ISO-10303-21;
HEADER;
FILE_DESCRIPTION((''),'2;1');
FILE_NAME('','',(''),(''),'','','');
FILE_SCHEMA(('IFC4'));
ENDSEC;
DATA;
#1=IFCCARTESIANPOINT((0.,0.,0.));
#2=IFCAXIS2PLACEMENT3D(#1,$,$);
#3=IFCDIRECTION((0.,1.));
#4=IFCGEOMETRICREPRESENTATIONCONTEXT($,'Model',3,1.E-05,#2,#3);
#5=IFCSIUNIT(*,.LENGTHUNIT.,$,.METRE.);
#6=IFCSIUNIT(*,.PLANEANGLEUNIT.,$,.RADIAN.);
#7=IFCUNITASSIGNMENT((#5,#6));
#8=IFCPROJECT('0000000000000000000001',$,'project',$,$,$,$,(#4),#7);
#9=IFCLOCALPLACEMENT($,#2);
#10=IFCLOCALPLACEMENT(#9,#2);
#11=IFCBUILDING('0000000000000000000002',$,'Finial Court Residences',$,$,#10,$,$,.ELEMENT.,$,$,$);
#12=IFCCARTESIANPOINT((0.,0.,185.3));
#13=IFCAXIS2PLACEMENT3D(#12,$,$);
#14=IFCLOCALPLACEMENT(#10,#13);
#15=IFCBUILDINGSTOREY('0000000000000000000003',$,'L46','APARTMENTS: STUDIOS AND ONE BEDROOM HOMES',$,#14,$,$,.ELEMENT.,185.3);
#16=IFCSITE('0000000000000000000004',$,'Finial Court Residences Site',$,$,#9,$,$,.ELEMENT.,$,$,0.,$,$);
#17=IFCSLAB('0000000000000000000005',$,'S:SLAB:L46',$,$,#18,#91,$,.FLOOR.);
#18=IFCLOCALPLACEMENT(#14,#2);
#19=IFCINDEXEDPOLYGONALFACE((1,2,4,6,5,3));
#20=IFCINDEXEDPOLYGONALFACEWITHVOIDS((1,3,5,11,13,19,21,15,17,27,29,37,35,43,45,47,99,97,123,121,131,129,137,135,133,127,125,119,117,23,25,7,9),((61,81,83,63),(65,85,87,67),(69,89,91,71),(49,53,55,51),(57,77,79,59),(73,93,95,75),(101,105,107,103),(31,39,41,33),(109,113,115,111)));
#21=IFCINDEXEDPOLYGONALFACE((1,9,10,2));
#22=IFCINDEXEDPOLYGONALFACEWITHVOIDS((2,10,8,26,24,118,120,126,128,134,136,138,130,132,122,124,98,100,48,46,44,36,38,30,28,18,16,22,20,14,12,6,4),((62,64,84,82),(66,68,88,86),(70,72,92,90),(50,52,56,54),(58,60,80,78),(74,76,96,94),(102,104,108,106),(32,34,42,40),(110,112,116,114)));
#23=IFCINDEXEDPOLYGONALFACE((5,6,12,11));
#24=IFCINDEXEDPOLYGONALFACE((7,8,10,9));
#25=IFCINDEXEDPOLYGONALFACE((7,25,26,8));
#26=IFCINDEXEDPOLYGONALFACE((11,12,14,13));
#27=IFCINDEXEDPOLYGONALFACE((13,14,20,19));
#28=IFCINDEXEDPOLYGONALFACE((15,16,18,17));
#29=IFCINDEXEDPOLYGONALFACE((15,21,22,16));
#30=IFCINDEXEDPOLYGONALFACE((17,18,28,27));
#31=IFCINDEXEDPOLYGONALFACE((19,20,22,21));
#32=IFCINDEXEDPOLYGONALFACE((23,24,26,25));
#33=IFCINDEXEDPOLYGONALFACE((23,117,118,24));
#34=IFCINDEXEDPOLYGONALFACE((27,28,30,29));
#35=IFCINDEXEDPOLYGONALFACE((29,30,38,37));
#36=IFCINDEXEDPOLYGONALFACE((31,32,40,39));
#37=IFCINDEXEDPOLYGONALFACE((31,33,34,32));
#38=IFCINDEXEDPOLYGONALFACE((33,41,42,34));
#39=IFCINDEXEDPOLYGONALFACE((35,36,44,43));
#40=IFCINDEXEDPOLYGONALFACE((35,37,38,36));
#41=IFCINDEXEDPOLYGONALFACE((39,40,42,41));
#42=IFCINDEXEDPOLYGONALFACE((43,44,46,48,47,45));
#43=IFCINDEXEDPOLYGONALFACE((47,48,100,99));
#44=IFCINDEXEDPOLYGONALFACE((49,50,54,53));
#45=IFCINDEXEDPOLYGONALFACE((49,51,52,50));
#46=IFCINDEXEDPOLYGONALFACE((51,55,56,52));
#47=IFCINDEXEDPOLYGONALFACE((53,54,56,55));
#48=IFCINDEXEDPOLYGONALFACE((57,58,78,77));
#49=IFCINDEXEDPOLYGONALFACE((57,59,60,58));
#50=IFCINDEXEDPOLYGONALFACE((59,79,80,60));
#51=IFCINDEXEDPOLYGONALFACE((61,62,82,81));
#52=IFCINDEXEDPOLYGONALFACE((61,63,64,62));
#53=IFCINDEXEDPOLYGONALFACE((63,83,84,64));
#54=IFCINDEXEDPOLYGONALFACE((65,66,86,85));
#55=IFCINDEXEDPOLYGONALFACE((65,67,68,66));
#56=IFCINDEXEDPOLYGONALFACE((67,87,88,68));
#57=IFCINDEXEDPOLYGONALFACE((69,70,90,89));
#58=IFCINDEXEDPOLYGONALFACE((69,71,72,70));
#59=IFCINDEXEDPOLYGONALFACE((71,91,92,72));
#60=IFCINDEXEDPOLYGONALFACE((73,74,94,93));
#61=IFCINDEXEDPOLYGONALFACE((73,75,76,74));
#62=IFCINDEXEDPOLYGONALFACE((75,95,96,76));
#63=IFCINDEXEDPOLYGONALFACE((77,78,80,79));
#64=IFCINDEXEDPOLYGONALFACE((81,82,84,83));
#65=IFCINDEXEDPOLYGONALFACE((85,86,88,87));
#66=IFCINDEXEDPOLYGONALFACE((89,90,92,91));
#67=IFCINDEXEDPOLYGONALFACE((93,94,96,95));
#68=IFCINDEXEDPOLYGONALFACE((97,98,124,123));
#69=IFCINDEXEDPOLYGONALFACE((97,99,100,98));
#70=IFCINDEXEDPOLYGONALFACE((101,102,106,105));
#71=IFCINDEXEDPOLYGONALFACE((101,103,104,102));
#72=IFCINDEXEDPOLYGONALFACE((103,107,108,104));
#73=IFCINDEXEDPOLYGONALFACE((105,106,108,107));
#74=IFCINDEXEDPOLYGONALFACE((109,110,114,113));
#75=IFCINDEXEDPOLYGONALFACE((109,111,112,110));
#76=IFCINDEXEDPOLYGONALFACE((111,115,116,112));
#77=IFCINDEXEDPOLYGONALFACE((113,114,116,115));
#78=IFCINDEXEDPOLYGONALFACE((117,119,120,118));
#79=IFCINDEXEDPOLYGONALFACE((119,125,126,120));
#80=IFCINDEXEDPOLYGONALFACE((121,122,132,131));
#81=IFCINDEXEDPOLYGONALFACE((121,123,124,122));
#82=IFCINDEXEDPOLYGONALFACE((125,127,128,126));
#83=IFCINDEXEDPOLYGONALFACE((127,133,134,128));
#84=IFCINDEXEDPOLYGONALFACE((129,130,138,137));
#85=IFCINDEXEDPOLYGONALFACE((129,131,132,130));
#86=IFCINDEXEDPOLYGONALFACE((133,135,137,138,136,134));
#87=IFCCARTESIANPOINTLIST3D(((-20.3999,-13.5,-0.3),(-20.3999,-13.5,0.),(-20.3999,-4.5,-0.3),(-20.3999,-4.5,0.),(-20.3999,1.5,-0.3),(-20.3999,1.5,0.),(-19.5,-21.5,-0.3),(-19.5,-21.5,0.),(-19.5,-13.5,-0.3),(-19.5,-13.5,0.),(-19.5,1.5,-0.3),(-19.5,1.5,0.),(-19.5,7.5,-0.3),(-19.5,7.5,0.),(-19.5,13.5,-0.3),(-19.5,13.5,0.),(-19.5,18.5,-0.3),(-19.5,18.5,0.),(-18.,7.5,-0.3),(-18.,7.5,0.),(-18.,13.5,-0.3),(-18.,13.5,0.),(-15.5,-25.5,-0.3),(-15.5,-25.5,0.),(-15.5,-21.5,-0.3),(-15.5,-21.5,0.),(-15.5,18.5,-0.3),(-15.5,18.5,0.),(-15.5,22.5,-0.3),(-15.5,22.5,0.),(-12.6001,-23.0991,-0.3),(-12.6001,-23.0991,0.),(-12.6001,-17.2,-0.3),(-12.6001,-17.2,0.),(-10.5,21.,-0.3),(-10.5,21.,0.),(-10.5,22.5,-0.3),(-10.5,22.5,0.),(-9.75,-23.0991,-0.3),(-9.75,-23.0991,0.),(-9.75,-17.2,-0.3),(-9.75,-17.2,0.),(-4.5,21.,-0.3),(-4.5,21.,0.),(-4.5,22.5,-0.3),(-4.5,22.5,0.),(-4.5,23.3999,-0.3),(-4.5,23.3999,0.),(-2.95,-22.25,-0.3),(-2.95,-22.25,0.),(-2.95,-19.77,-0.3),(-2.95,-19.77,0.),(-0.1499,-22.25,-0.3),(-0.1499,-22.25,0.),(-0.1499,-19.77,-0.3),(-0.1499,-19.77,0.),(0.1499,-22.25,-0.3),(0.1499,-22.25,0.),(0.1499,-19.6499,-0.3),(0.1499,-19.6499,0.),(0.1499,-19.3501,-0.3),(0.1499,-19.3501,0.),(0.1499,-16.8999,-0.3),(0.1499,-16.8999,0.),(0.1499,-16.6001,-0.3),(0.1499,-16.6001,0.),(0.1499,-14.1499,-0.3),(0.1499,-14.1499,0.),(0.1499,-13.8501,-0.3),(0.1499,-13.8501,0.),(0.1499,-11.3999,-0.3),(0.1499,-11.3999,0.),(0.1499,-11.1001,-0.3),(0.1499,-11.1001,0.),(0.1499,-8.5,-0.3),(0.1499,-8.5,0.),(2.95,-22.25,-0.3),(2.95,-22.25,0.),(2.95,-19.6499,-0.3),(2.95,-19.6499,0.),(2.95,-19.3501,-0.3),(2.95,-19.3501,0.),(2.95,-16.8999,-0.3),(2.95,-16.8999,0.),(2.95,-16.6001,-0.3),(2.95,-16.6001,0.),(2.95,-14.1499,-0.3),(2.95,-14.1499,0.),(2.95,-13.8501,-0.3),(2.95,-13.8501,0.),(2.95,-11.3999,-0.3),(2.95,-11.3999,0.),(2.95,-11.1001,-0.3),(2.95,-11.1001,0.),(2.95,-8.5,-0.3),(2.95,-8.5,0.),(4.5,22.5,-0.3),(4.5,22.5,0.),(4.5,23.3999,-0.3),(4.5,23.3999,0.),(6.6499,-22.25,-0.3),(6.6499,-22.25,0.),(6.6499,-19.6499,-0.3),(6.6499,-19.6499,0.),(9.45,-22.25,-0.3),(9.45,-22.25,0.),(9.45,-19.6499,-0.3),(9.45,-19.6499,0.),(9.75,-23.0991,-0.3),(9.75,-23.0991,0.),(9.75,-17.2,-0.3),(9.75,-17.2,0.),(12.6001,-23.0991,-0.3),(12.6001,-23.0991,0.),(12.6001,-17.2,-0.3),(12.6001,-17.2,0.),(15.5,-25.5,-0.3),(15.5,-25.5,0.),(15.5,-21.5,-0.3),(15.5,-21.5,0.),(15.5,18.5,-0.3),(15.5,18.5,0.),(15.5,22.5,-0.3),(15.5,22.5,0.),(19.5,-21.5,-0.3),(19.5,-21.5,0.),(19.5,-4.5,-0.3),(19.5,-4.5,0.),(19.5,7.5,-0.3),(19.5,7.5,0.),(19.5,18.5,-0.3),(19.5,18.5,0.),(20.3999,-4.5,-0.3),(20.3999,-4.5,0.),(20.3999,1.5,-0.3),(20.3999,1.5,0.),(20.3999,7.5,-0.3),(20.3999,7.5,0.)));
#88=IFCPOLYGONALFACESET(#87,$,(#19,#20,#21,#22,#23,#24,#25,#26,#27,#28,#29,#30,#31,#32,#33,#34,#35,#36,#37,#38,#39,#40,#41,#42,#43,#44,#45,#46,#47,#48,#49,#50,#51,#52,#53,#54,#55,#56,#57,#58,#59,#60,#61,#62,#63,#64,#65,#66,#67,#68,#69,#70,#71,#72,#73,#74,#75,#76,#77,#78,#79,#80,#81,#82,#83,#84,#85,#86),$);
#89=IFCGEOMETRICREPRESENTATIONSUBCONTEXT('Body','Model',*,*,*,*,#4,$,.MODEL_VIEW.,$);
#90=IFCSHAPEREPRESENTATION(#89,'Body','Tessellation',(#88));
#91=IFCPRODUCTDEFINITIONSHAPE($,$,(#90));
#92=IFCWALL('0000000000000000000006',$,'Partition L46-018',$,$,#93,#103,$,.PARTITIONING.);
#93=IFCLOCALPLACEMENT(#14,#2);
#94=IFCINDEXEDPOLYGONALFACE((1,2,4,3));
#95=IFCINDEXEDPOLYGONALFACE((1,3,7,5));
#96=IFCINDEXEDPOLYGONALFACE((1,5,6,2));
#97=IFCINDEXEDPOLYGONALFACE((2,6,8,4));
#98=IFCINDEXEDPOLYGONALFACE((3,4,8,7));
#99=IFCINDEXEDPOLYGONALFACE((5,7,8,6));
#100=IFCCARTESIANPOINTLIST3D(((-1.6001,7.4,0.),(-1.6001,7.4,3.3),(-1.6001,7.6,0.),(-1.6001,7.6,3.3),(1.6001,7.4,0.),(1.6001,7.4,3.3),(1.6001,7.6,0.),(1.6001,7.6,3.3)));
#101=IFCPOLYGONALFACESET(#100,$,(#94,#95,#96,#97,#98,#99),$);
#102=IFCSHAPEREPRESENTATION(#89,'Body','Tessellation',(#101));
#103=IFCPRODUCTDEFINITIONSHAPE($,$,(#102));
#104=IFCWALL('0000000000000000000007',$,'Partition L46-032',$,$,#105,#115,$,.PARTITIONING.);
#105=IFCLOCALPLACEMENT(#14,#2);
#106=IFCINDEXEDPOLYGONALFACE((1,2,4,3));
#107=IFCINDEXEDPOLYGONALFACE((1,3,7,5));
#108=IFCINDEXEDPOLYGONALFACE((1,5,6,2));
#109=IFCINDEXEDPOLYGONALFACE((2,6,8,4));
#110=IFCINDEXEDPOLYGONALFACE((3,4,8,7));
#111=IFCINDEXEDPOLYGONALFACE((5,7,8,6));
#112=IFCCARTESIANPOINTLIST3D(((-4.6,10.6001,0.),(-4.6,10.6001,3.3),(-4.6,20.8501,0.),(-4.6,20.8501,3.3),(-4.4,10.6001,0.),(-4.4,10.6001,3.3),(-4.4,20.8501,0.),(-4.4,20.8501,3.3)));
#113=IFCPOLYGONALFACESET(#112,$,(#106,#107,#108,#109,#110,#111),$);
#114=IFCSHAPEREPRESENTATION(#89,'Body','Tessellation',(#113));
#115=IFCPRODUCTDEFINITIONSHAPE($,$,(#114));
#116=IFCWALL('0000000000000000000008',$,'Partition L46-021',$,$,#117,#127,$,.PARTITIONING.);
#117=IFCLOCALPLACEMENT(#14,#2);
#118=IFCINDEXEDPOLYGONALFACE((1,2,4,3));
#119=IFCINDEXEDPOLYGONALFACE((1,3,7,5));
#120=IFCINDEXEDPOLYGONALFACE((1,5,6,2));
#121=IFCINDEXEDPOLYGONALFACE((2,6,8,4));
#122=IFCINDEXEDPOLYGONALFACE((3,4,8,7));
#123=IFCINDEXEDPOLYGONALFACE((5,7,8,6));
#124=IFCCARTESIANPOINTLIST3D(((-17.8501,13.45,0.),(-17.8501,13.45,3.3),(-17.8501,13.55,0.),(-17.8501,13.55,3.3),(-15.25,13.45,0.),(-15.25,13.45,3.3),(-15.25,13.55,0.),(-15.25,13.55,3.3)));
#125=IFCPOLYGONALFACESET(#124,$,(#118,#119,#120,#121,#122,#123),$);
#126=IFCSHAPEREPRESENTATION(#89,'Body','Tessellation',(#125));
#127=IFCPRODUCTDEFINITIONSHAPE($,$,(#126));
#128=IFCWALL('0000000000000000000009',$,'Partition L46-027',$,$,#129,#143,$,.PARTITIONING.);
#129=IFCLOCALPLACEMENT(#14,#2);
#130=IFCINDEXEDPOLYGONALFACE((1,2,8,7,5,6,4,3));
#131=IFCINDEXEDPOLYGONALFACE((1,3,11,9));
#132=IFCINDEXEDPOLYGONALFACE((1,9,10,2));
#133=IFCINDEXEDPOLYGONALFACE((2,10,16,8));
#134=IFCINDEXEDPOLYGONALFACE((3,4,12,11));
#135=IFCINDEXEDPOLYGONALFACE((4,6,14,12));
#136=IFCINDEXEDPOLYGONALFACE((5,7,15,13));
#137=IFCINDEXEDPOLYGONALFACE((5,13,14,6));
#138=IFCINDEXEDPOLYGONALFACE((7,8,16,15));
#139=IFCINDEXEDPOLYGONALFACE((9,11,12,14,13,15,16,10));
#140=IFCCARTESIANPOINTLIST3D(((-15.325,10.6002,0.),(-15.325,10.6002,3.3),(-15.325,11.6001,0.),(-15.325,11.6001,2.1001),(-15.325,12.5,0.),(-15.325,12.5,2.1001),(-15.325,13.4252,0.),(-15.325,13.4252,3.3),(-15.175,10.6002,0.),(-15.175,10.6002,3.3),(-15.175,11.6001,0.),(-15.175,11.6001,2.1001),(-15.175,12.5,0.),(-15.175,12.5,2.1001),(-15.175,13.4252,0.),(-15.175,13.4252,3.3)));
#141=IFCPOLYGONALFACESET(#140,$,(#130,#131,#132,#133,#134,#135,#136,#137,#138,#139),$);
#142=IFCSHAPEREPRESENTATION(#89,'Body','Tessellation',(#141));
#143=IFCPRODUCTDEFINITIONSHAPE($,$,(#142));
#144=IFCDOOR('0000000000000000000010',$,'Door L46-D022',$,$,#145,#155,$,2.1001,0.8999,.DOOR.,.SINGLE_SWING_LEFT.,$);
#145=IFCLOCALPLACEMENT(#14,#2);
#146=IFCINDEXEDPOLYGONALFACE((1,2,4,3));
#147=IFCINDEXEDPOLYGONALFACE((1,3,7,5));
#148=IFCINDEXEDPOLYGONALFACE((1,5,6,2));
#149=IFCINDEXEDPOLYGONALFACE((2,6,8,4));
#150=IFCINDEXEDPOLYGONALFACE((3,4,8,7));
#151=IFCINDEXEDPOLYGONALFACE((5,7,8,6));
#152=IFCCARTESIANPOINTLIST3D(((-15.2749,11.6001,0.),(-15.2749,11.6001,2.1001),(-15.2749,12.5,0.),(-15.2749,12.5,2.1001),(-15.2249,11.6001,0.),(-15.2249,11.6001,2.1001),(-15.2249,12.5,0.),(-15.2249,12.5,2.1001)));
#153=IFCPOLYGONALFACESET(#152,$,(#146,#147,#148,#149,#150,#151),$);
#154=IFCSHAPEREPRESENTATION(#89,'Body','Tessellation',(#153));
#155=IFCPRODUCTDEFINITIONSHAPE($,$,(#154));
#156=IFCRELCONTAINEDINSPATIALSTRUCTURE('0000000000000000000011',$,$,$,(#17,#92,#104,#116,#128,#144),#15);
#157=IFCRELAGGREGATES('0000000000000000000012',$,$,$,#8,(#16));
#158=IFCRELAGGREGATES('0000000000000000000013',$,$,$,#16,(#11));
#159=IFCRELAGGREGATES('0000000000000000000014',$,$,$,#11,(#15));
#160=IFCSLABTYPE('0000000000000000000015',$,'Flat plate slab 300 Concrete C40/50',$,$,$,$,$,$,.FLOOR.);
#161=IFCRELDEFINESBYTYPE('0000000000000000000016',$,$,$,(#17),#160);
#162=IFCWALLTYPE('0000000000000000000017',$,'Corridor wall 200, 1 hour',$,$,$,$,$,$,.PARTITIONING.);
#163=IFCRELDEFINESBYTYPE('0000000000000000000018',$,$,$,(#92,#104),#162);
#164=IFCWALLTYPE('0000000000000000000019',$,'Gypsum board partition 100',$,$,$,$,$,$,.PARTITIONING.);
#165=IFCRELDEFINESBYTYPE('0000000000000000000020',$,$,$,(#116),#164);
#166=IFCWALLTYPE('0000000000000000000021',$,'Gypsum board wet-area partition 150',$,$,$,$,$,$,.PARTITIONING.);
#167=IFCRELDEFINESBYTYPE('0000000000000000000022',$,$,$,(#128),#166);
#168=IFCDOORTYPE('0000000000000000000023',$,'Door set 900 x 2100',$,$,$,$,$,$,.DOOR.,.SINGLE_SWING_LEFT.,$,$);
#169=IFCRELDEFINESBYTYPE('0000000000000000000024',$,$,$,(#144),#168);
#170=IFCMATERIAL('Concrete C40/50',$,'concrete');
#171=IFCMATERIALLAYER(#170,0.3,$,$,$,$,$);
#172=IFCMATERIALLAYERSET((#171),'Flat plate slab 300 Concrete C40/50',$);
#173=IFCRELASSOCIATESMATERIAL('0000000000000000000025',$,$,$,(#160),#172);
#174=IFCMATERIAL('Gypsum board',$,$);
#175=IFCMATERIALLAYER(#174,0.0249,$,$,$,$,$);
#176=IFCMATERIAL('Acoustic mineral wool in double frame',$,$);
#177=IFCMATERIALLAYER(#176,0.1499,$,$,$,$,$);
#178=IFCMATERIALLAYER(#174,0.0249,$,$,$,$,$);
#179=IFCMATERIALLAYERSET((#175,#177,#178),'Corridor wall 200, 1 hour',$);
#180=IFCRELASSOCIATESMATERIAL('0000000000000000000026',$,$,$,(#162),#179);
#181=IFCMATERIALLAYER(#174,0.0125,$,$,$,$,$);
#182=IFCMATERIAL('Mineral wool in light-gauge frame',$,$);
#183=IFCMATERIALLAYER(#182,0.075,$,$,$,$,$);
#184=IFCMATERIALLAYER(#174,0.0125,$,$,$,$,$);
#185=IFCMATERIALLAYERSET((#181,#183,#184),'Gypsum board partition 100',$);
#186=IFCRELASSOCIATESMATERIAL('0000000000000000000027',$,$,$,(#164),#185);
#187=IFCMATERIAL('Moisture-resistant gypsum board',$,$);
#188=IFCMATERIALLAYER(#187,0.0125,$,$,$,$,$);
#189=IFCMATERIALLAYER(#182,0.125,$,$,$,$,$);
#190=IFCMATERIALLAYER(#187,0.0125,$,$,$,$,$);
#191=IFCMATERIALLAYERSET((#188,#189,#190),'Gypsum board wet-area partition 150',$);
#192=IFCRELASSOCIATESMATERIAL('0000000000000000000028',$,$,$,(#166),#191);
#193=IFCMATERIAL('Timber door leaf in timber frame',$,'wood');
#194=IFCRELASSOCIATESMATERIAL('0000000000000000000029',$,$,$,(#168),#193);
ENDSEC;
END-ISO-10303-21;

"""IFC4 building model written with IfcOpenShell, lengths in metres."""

from ifc_helpers import new_model, si_unit, direction, frame, frame_2d, origin, place, context, subcontext, project, spatial, polyline, rectangle, outline, extrude, material, layer, layer_set, type_object, element, fill, save


model = new_model("IFC4")

# Units and contexts
model_context = context("Model", 3, precision=1e-05, world=origin(), true_north=direction((0.0, 1.0)))
body_context = subcontext(model_context, "Body", "Model", "MODEL_VIEW")
ifc_project = project(units=[si_unit("LENGTHUNIT", "METRE"), si_unit("PLANEANGLEUNIT", "RADIAN")], contexts=[model_context])

# Site, building, storey
site_placement = place(None, origin())
site = spatial("IfcSite", under=ifc_project, at=site_placement, Name="Finial Court Residences Site", CompositionType="ELEMENT", RefElevation=0.0)
building_placement = place(site_placement, origin())
building = spatial("IfcBuilding", under=site, at=building_placement, Name="Finial Court Residences", CompositionType="ELEMENT")
storey_placement = place(building_placement, frame((0.0, 0.0, 185.3)))
storey = spatial("IfcBuildingStorey", under=building, at=storey_placement, Name="L46", Description="APARTMENTS: STUDIOS AND ONE BEDROOM HOMES", CompositionType="ELEMENT", Elevation=185.3)

# Slab
ifc_material_1 = material(Name="Concrete C40/50", Category="concrete")
ifc_layer_1 = layer(ifc_material_1, 0.3)
ifc_layer_set_1 = layer_set([ifc_layer_1], Name="Flat plate slab 300 Concrete C40/50")
slab_type_1 = type_object("IfcSlabType", Name="Flat plate slab 300 Concrete C40/50", PredefinedType="FLOOR", material=ifc_layer_set_1)
slab_1_placement = place(storey_placement, frame((0.0, 0.0, -0.3)))
element("IfcSlab", 1, at=slab_1_placement, inside=storey, type_object=slab_type_1, Name="S:SLAB:L46", PredefinedType="FLOOR", context=body_context, shape_type="SweptSolid", body=[
    extrude(outline(polyline([(-19.5, 7.5), (-18.0, 7.5), (-18.0, 13.5), (-19.5, 13.5), (-19.5, 18.5), (-15.5, 18.5), (-15.5, 22.5), (-10.5, 22.5), (-10.5, 21.0), (-4.5, 21.0), (-4.5, 22.5), (-4.5, 23.3999), (4.5, 23.3999), (4.5, 22.5), (15.5, 22.5), (15.5, 18.5), (19.5, 18.5), (19.5, 7.5), (20.3999, 7.5), (20.3999, 1.5), (20.3999, -4.5), (19.5, -4.5), (19.5, -21.5), (15.5, -21.5), (15.5, -25.5), (-15.5, -25.5), (-15.5, -21.5), (-19.5, -21.5), (-19.5, -13.5), (-20.3999, -13.5), (-20.3999, -4.5), (-20.3999, 1.5), (-19.5, 1.5), (-19.5, 7.5)]), holes=[polyline([(-0.1499, -19.77), (-2.95, -19.77), (-2.95, -22.25), (-0.1499, -22.25), (-0.1499, -19.77)]), polyline([(2.95, -19.6499), (0.1499, -19.6499), (0.1499, -22.25), (2.95, -22.25), (2.95, -19.6499)]), polyline([(9.45, -19.6499), (6.6499, -19.6499), (6.6499, -22.25), (9.45, -22.25), (9.45, -19.6499)]), polyline([(-12.6001, -17.2), (-12.6001, -23.0991), (-9.75, -23.0991), (-9.75, -17.2), (-12.6001, -17.2)]), polyline([(9.75, -17.2), (9.75, -23.0991), (12.6001, -23.0991), (12.6001, -17.2), (9.75, -17.2)]), polyline([(2.95, -16.8999), (0.1499, -16.8999), (0.1499, -19.3501), (2.95, -19.3501), (2.95, -16.8999)]), polyline([(2.95, -14.1499), (0.1499, -14.1499), (0.1499, -16.6001), (2.95, -16.6001), (2.95, -14.1499)]), polyline([(2.95, -13.8501), (2.95, -11.3999), (0.1499, -11.3999), (0.1499, -13.8501), (2.95, -13.8501)]), polyline([(2.95, -11.1001), (2.95, -8.5), (0.1499, -8.5), (0.1499, -11.1001), (2.95, -11.1001)])]), origin(), (0.0, 0.0, 1.0), 0.3),
])

# Walls
ifc_material_2 = material(Name="Gypsum board")
ifc_layer_2 = layer(ifc_material_2, 0.0249)
ifc_material_3 = material(Name="Acoustic mineral wool in double frame")
ifc_layer_3 = layer(ifc_material_3, 0.1499)
ifc_layer_4 = layer(ifc_material_2, 0.0249)
ifc_layer_set_2 = layer_set([ifc_layer_2, ifc_layer_3, ifc_layer_4], Name="Corridor wall 200, 1 hour")
wall_type_1 = type_object("IfcWallType", Name="Corridor wall 200, 1 hour", PredefinedType="PARTITIONING", material=ifc_layer_set_2)
wall_1_placement = place(storey_placement, frame((-1.6001, 7.5, 0.0), z_axis=(0.0, 0.0, 1.0), x_axis=(1.0, 0.0, 0.0)))
element("IfcWall", 2, at=wall_1_placement, inside=storey, type_object=wall_type_1, Name="Partition L46-018", PredefinedType="PARTITIONING", context=body_context, shape_type="SweptSolid", body=[
    extrude(rectangle(XDim=3.2002, YDim=0.2, at=frame_2d((1.6001, 0.0))), origin(), (0.0, 0.0, 1.0), 3.3),
])
wall_2_placement = place(storey_placement, frame((-4.5, 10.6001, 0.0), z_axis=(0.0, 0.0, 1.0), x_axis=(0.0, 1.0, 0.0)))
element("IfcWall", 3, at=wall_2_placement, inside=storey, type_object=wall_type_1, Name="Partition L46-032", PredefinedType="PARTITIONING", context=body_context, shape_type="SweptSolid", body=[
    extrude(rectangle(XDim=10.25, YDim=0.2, at=frame_2d((5.125, 0.0))), origin(), (0.0, 0.0, 1.0), 3.3),
])
ifc_layer_5 = layer(ifc_material_2, 0.0125)
ifc_material_4 = material(Name="Mineral wool in light-gauge frame")
ifc_layer_6 = layer(ifc_material_4, 0.075)
ifc_layer_7 = layer(ifc_material_2, 0.0125)
ifc_layer_set_3 = layer_set([ifc_layer_5, ifc_layer_6, ifc_layer_7], Name="Gypsum board partition 100")
wall_type_2 = type_object("IfcWallType", Name="Gypsum board partition 100", PredefinedType="PARTITIONING", material=ifc_layer_set_3)
wall_3_placement = place(storey_placement, frame((-17.8501, 13.5, 0.0), z_axis=(0.0, 0.0, 1.0), x_axis=(1.0, 0.0, 0.0)))
element("IfcWall", 4, at=wall_3_placement, inside=storey, type_object=wall_type_2, Name="Partition L46-021", PredefinedType="PARTITIONING", context=body_context, shape_type="SweptSolid", body=[
    extrude(rectangle(XDim=2.6001, YDim=0.1001, at=frame_2d((1.3, 0.0))), origin(), (0.0, 0.0, 1.0), 3.3),
])

# Wall, opening, door
ifc_material_5 = material(Name="Moisture-resistant gypsum board")
ifc_layer_8 = layer(ifc_material_5, 0.0125)
ifc_layer_9 = layer(ifc_material_4, 0.125)
ifc_layer_10 = layer(ifc_material_5, 0.0125)
ifc_layer_set_4 = layer_set([ifc_layer_8, ifc_layer_9, ifc_layer_10], Name="Gypsum board wet-area partition 150")
wall_type_3 = type_object("IfcWallType", Name="Gypsum board wet-area partition 150", PredefinedType="PARTITIONING", material=ifc_layer_set_4)
wall_4_placement = place(storey_placement, frame((-15.25, 10.6001, 0.0), z_axis=(0.0, 0.0, 1.0), x_axis=(0.0, 1.0, 0.0)))
wall_4 = element("IfcWall", 5, at=wall_4_placement, inside=storey, type_object=wall_type_3, Name="Partition L46-027", PredefinedType="PARTITIONING", context=body_context, shape_type="SweptSolid", body=[
    extrude(rectangle(XDim=2.825, YDim=0.1499, at=frame_2d((1.4126, 0.0))), origin(), (0.0, 0.0, 1.0), 3.3),
])
opening_1_placement = place(wall_4_placement, frame((1.0, 0.0, 0.0)))
opening_1 = element("IfcOpeningElement", 6, at=opening_1_placement, cuts=wall_4, PredefinedType="OPENING", context=body_context, shape_type="SweptSolid", body=[
    extrude(rectangle(XDim=0.8999, YDim=2.1001, at=frame_2d((0.45, 1.05))), frame((0.0, 0.085, 0.0), z_axis=(0.0, -1.0, 0.0), x_axis=(1.0, 0.0, 0.0)), (0.0, 0.0, 1.0), 0.1699),
])
ifc_material_6 = material(Name="Timber door leaf in timber frame", Category="wood")
door_type = type_object("IfcDoorType", Name="Door set 900 x 2100", OperationType="SINGLE_SWING_LEFT", PredefinedType="DOOR", material=ifc_material_6)
door_1_placement = place(opening_1_placement, origin())
door_1 = element("IfcDoor", 7, at=door_1_placement, inside=storey, type_object=door_type, Name="Door L46-D022", OperationType="SINGLE_SWING_LEFT", OverallHeight=2.1001, OverallWidth=0.8999, PredefinedType="DOOR", context=body_context, shape_type="SweptSolid", body=[
    extrude(rectangle(XDim=0.8999, YDim=2.1001, at=frame_2d((0.45, 1.05))), frame((0.0, 0.0249, 0.0), z_axis=(0.0, -1.0, 0.0), x_axis=(1.0, 0.0, 0.0)), (0.0, 0.0, 1.0), 0.05),
])
fill(opening_1, door_1)

save(model, "model.ifc")
